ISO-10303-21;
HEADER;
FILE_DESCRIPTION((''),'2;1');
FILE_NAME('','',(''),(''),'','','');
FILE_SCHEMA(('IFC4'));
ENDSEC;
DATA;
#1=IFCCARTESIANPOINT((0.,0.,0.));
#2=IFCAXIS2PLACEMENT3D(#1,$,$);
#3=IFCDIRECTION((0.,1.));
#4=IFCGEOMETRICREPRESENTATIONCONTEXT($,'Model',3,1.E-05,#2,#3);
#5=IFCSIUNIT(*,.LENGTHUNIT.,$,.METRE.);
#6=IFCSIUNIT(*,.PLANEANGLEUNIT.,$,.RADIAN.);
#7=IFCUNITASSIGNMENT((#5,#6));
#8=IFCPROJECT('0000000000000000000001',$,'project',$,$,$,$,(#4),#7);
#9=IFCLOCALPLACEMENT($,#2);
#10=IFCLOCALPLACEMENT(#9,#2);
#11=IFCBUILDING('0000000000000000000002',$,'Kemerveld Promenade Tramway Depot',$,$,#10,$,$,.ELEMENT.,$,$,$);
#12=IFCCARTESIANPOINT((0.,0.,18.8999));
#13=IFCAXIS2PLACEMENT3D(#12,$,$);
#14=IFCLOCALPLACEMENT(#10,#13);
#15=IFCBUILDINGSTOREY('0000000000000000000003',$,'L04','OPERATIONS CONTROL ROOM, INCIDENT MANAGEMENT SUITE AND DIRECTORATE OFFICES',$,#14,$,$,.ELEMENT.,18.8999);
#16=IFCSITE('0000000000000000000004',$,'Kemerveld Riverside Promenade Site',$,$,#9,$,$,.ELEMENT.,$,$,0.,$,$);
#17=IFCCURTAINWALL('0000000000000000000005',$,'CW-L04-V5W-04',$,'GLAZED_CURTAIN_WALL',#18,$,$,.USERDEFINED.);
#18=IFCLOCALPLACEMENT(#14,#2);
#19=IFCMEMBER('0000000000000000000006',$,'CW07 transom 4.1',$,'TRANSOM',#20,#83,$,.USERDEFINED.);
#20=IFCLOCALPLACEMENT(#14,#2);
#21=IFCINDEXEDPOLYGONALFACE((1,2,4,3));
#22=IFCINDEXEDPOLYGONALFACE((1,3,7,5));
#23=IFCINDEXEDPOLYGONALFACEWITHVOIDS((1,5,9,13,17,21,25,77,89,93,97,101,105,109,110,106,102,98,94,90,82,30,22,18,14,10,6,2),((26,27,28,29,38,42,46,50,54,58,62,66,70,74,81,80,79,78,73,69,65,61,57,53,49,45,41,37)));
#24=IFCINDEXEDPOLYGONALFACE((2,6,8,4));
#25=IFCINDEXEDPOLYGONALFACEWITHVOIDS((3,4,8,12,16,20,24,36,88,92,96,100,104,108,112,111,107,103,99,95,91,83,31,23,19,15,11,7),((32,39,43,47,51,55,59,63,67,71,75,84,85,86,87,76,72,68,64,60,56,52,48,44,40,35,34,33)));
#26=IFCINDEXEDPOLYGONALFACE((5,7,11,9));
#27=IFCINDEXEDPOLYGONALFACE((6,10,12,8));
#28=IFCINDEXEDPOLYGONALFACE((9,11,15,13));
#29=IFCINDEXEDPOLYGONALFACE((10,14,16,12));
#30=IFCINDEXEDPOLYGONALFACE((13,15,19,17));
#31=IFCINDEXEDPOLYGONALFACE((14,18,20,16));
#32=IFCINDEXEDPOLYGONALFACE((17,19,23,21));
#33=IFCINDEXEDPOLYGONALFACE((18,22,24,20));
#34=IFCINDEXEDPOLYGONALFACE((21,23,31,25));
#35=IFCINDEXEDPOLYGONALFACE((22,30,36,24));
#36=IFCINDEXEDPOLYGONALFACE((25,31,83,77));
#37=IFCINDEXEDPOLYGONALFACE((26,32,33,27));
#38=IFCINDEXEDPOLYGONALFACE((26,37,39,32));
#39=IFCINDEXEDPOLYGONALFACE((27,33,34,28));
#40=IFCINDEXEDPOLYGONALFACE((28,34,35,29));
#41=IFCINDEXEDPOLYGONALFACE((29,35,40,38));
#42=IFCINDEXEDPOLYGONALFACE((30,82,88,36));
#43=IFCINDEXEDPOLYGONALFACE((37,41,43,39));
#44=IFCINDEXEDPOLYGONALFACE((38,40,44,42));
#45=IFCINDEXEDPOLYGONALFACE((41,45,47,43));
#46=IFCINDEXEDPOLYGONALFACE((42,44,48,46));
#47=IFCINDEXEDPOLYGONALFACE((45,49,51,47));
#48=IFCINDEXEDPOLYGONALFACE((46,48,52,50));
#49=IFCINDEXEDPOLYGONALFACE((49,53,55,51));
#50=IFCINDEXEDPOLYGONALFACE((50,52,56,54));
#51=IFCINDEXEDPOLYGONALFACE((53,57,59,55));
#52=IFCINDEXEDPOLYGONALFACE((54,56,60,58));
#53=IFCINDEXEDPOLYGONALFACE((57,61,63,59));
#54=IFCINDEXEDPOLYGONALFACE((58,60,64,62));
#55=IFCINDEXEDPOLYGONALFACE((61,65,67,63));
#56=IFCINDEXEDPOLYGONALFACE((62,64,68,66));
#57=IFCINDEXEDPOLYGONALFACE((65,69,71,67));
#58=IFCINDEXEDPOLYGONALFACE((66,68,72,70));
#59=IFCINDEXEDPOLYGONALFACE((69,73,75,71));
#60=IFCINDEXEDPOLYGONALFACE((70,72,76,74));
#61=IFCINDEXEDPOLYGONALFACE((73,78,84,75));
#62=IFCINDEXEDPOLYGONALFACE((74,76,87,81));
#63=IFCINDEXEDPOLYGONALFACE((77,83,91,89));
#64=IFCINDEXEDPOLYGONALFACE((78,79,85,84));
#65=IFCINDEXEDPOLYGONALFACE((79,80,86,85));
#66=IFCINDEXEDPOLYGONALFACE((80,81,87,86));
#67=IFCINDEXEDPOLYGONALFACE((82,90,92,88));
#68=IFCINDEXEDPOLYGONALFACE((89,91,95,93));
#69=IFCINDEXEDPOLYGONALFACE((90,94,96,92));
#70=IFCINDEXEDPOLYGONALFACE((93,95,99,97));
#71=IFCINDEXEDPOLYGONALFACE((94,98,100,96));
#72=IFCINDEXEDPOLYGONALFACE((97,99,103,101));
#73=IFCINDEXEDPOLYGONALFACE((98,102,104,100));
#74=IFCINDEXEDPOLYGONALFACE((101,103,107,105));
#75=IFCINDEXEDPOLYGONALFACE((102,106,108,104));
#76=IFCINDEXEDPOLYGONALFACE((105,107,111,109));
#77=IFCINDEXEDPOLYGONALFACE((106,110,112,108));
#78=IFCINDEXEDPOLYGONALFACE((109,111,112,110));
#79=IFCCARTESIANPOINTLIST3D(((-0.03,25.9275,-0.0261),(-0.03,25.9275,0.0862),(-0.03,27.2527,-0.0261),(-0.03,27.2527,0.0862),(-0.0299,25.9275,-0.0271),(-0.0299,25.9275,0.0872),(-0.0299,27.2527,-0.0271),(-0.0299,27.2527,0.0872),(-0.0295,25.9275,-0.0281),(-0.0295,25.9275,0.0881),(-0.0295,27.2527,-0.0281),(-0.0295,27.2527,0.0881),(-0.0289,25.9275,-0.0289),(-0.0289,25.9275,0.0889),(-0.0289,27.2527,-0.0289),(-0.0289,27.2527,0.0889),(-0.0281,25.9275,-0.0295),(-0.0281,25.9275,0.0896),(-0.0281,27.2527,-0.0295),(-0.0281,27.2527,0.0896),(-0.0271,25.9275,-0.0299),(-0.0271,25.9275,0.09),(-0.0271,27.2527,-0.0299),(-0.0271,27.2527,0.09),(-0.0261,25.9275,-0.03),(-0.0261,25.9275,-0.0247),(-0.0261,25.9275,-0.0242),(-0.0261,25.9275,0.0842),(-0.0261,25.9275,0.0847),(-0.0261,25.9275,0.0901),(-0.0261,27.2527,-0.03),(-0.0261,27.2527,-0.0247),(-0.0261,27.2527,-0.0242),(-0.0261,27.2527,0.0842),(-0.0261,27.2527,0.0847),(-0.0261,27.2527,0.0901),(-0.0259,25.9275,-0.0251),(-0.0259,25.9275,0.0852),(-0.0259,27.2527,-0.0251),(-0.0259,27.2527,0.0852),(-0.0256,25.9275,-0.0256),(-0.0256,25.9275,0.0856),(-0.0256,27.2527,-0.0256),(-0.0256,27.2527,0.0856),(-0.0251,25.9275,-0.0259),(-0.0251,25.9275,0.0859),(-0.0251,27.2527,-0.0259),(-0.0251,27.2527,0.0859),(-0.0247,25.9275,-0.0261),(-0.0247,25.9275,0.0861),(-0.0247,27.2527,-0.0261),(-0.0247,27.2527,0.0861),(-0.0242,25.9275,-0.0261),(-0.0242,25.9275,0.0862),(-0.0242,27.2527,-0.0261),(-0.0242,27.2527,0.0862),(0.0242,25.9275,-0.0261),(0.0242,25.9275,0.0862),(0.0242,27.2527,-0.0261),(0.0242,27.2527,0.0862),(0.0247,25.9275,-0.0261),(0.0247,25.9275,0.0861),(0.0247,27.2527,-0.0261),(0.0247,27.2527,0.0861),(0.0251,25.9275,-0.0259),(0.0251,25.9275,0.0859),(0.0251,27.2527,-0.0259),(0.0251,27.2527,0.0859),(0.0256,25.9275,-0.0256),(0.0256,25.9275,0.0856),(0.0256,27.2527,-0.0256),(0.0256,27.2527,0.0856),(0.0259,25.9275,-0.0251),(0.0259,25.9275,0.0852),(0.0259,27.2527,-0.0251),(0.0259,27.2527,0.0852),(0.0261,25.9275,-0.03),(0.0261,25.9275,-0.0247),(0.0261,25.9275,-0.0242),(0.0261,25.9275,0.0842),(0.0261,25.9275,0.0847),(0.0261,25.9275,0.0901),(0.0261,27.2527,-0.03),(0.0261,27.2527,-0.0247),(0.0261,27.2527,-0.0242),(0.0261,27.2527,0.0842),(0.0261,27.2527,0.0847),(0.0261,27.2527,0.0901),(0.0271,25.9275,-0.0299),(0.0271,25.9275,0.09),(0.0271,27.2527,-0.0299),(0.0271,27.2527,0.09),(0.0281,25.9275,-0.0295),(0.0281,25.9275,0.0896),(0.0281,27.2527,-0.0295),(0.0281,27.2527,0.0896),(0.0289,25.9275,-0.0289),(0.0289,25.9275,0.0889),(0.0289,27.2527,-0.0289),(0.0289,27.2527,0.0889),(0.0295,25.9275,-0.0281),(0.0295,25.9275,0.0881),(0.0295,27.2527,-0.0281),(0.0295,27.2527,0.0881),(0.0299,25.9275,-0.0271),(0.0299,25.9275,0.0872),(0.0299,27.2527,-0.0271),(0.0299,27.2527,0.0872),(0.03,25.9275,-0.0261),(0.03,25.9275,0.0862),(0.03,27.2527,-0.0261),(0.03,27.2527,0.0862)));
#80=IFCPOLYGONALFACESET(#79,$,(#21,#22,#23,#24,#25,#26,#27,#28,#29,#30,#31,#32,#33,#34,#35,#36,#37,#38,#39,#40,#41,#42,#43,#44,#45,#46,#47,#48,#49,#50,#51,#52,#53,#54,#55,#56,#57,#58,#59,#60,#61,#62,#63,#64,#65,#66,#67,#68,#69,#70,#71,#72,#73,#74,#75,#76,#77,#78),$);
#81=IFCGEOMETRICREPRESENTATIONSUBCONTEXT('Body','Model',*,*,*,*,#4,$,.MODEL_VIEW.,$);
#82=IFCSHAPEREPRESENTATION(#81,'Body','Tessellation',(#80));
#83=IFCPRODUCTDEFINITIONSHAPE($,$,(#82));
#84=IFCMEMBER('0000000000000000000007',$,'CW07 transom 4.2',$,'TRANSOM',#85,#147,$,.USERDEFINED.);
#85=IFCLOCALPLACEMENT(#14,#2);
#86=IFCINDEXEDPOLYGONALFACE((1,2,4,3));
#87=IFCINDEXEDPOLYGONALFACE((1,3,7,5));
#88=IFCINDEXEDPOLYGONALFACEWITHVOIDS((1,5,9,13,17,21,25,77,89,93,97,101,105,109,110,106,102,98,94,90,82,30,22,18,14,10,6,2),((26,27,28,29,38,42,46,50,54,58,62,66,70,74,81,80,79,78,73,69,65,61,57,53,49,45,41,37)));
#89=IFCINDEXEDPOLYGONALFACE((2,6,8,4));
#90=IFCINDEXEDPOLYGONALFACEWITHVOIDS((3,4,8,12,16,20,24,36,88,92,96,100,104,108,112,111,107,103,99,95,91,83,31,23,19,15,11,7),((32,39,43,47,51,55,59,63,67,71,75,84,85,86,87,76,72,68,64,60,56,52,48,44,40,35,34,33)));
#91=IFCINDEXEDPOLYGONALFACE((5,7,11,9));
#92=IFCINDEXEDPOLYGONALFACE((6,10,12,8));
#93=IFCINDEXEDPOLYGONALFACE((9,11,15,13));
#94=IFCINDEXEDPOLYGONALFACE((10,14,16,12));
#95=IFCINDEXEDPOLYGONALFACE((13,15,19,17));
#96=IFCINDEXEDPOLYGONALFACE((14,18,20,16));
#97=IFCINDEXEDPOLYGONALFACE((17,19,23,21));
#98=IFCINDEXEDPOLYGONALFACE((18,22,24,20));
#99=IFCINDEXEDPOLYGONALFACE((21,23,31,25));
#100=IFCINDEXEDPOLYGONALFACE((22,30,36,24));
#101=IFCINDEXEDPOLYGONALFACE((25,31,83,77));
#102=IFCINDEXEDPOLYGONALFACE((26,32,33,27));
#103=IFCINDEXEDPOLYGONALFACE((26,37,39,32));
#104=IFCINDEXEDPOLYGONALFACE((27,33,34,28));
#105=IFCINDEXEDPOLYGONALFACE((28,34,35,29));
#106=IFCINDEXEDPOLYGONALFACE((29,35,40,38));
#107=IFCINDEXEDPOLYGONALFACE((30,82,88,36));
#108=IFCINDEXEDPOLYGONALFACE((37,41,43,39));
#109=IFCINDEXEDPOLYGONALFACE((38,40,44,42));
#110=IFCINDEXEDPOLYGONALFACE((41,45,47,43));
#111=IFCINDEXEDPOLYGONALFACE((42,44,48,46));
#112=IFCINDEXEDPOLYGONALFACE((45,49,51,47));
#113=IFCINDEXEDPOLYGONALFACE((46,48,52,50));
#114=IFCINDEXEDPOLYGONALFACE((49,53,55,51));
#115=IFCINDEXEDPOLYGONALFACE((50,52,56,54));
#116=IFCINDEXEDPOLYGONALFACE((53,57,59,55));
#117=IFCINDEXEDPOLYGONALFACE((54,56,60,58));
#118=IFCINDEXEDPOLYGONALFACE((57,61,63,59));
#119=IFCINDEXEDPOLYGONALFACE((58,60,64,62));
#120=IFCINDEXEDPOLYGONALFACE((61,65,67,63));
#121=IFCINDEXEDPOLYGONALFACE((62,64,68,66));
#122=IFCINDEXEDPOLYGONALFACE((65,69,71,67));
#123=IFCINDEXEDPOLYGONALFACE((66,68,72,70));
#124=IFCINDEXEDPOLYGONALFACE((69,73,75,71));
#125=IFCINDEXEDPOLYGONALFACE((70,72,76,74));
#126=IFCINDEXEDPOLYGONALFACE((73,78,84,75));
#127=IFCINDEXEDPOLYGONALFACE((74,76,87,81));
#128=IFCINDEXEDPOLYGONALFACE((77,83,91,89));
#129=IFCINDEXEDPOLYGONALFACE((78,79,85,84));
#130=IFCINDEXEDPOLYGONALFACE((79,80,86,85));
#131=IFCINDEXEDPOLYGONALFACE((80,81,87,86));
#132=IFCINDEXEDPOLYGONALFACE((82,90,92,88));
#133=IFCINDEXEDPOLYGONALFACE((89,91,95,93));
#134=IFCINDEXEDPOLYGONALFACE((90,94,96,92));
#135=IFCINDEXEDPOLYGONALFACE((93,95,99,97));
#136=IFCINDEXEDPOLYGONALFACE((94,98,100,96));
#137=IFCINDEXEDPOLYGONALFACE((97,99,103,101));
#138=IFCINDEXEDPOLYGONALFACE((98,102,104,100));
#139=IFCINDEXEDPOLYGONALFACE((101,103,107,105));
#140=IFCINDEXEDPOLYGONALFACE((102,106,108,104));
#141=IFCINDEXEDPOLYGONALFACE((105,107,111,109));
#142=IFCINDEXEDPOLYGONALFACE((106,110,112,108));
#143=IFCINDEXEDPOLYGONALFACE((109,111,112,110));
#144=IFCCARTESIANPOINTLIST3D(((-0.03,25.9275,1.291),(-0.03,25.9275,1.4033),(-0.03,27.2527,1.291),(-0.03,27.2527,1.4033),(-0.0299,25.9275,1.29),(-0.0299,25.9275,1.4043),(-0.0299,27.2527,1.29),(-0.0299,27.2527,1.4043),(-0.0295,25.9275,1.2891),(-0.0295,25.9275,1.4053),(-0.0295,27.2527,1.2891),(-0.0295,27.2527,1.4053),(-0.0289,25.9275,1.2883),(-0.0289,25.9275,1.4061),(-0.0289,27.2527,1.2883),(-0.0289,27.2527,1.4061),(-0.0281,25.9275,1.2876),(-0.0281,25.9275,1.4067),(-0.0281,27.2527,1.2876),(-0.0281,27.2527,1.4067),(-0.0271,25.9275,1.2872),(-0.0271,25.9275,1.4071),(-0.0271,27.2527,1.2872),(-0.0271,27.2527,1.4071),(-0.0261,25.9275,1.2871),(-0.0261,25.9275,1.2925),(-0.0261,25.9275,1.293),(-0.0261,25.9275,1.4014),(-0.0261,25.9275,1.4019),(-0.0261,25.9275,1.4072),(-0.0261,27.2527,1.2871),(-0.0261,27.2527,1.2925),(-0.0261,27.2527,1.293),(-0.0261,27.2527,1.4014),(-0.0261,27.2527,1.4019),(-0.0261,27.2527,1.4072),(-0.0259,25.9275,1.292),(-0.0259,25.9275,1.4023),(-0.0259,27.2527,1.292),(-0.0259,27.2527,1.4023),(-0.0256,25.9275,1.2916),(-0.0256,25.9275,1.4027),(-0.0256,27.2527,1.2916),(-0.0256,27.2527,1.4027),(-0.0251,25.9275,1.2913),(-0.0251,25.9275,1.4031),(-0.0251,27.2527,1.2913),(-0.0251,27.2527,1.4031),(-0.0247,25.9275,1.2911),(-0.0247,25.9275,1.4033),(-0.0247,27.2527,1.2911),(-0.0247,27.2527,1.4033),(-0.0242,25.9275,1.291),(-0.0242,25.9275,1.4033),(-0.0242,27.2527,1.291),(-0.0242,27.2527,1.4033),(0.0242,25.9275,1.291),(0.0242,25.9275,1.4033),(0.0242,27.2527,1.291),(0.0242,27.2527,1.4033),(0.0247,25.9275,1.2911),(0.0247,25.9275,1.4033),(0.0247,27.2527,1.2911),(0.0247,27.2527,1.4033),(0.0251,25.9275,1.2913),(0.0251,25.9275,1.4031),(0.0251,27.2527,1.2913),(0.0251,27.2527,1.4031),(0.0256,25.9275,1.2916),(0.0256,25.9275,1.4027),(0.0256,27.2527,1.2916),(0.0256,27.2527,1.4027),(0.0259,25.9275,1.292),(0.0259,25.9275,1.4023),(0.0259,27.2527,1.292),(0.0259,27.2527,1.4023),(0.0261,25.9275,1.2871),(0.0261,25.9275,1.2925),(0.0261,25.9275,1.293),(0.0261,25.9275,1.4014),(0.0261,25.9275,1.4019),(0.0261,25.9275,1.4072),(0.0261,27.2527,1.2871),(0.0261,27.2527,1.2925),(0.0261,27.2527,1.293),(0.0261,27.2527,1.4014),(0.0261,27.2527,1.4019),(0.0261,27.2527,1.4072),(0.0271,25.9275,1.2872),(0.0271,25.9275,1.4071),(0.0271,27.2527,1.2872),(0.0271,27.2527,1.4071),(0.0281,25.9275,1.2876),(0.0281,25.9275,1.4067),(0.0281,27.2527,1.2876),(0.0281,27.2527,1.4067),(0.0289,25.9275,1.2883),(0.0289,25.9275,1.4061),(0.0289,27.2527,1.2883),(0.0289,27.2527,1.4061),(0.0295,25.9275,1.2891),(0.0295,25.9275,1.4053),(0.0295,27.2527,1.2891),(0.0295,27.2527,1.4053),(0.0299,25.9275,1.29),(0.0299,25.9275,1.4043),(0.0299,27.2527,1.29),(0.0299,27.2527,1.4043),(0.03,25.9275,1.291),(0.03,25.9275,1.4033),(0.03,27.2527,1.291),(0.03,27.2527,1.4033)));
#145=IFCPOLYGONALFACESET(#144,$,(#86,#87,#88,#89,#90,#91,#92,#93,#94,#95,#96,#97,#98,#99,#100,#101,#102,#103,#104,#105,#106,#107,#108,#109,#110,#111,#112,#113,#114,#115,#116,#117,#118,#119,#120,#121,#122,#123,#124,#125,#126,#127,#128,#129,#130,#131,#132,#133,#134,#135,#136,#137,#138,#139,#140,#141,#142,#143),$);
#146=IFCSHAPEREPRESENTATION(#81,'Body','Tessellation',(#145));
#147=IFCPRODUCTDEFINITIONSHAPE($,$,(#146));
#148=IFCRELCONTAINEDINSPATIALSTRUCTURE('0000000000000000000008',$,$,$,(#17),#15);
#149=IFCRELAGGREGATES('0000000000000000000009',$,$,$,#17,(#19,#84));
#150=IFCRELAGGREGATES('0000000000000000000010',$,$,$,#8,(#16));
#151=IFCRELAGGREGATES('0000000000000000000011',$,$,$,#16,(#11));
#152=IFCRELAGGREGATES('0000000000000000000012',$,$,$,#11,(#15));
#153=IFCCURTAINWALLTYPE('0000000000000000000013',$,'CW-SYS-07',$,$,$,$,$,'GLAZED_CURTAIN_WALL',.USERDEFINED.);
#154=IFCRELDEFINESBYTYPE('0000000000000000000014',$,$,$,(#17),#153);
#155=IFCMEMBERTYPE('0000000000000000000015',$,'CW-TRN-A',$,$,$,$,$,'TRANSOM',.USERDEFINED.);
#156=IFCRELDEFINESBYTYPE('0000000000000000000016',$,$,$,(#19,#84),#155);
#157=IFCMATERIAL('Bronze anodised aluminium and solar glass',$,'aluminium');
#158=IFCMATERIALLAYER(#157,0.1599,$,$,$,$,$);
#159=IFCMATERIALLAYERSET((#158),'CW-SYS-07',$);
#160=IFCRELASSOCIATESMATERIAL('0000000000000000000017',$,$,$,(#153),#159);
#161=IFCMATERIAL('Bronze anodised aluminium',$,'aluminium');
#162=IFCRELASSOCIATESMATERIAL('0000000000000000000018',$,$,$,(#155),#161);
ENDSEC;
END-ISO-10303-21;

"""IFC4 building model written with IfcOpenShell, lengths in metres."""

from ifc_helpers import new_model, si_unit, direction, frame, origin, origin_2d, place, context, subcontext, project, spatial, hollow_rectangle, extrude, material, layer, layer_set, material_profile, profile_set, type_object, element, aggregate, save


model = new_model("IFC4")

# Units and contexts
model_context = context("Model", 3, precision=1e-05, world=origin(), true_north=direction((0.0, 1.0)))
body_context = subcontext(model_context, "Body", "Model", "MODEL_VIEW")
ifc_project = project(units=[si_unit("LENGTHUNIT", "METRE"), si_unit("PLANEANGLEUNIT", "RADIAN")], contexts=[model_context])

# Site, building, storey
site_placement = place(None, origin())
site = spatial("IfcSite", under=ifc_project, at=site_placement, Name="Kemerveld Riverside Promenade Site", CompositionType="ELEMENT", RefElevation=0.0)
building_placement = place(site_placement, origin())
building = spatial("IfcBuilding", under=site, at=building_placement, Name="Kemerveld Promenade Tramway Depot", CompositionType="ELEMENT")
storey_placement = place(building_placement, frame((0.0, 0.0, 18.8999)))
storey = spatial("IfcBuildingStorey", under=building, at=storey_placement, Name="L04", Description="OPERATIONS CONTROL ROOM, INCIDENT MANAGEMENT SUITE AND DIRECTORATE OFFICES", CompositionType="ELEMENT", Elevation=18.8999)

# Curtain wall, members
ifc_material_1 = material(Name="Bronze anodised aluminium and solar glass", Category="aluminium")
ifc_layer_1 = layer(ifc_material_1, 0.1599)
ifc_layer_set_1 = layer_set([ifc_layer_1], Name="CW-SYS-07")
curtain_wall_type = type_object("IfcCurtainWallType", Name="CW-SYS-07", ElementType="GLAZED_CURTAIN_WALL", PredefinedType="USERDEFINED", material=ifc_layer_set_1)
curtain_wall_placement = place(storey_placement, origin())
curtain_wall = element("IfcCurtainWall", 1, at=curtain_wall_placement, inside=storey, type_object=curtain_wall_type, Name="CW-L04-V5W-04", ObjectType="GLAZED_CURTAIN_WALL", PredefinedType="USERDEFINED")
ifc_material_2 = material(Name="Bronze anodised aluminium", Category="aluminium")
ifc_material_profile_1 = material_profile(ifc_material_2, hollow_rectangle(XDim=0.0601, YDim=0.1201, WallThickness=0.0039, InnerFilletRadius=0.002, OuterFilletRadius=0.0039, at=origin_2d()), Name="CW-TRN-120x60")
ifc_profile_set_1 = profile_set([ifc_material_profile_1], Name="Bronze anodised aluminium")
member_type_1 = type_object("IfcMemberType", Name="CW-TRN-A", ElementType="TRANSOM", PredefinedType="USERDEFINED", material=ifc_profile_set_1)
member_1_placement = place(storey_placement, frame((0.0, 25.9275, 0.03), z_axis=(0.0, 1.0, 0.0), x_axis=(-1.0, 0.0, 0.0)))
member_1 = element("IfcMember", 2, at=member_1_placement, type_object=member_type_1, Name="CW07 transom 4.1", ObjectType="TRANSOM", PredefinedType="USERDEFINED", context=body_context, shape_type="SweptSolid", body=[
    extrude(hollow_rectangle(XDim=0.0601, YDim=0.1201, WallThickness=0.0039, InnerFilletRadius=0.002, OuterFilletRadius=0.0039, at=origin_2d()), origin(), (0.0, 0.0, 1.0), 1.3252),
])
member_2_placement = place(storey_placement, frame((0.0, 25.9275, 1.3472), z_axis=(0.0, 1.0, 0.0), x_axis=(-1.0, 0.0, 0.0)))
member_2 = element("IfcMember", 3, at=member_2_placement, type_object=member_type_1, Name="CW07 transom 4.2", ObjectType="TRANSOM", PredefinedType="USERDEFINED", context=body_context, shape_type="SweptSolid", body=[
    extrude(hollow_rectangle(XDim=0.0601, YDim=0.1201, WallThickness=0.0039, InnerFilletRadius=0.002, OuterFilletRadius=0.0039, at=origin_2d()), origin(), (0.0, 0.0, 1.0), 1.3252),
])
aggregate(curtain_wall, [member_1, member_2])

save(model, "model.ifc")
